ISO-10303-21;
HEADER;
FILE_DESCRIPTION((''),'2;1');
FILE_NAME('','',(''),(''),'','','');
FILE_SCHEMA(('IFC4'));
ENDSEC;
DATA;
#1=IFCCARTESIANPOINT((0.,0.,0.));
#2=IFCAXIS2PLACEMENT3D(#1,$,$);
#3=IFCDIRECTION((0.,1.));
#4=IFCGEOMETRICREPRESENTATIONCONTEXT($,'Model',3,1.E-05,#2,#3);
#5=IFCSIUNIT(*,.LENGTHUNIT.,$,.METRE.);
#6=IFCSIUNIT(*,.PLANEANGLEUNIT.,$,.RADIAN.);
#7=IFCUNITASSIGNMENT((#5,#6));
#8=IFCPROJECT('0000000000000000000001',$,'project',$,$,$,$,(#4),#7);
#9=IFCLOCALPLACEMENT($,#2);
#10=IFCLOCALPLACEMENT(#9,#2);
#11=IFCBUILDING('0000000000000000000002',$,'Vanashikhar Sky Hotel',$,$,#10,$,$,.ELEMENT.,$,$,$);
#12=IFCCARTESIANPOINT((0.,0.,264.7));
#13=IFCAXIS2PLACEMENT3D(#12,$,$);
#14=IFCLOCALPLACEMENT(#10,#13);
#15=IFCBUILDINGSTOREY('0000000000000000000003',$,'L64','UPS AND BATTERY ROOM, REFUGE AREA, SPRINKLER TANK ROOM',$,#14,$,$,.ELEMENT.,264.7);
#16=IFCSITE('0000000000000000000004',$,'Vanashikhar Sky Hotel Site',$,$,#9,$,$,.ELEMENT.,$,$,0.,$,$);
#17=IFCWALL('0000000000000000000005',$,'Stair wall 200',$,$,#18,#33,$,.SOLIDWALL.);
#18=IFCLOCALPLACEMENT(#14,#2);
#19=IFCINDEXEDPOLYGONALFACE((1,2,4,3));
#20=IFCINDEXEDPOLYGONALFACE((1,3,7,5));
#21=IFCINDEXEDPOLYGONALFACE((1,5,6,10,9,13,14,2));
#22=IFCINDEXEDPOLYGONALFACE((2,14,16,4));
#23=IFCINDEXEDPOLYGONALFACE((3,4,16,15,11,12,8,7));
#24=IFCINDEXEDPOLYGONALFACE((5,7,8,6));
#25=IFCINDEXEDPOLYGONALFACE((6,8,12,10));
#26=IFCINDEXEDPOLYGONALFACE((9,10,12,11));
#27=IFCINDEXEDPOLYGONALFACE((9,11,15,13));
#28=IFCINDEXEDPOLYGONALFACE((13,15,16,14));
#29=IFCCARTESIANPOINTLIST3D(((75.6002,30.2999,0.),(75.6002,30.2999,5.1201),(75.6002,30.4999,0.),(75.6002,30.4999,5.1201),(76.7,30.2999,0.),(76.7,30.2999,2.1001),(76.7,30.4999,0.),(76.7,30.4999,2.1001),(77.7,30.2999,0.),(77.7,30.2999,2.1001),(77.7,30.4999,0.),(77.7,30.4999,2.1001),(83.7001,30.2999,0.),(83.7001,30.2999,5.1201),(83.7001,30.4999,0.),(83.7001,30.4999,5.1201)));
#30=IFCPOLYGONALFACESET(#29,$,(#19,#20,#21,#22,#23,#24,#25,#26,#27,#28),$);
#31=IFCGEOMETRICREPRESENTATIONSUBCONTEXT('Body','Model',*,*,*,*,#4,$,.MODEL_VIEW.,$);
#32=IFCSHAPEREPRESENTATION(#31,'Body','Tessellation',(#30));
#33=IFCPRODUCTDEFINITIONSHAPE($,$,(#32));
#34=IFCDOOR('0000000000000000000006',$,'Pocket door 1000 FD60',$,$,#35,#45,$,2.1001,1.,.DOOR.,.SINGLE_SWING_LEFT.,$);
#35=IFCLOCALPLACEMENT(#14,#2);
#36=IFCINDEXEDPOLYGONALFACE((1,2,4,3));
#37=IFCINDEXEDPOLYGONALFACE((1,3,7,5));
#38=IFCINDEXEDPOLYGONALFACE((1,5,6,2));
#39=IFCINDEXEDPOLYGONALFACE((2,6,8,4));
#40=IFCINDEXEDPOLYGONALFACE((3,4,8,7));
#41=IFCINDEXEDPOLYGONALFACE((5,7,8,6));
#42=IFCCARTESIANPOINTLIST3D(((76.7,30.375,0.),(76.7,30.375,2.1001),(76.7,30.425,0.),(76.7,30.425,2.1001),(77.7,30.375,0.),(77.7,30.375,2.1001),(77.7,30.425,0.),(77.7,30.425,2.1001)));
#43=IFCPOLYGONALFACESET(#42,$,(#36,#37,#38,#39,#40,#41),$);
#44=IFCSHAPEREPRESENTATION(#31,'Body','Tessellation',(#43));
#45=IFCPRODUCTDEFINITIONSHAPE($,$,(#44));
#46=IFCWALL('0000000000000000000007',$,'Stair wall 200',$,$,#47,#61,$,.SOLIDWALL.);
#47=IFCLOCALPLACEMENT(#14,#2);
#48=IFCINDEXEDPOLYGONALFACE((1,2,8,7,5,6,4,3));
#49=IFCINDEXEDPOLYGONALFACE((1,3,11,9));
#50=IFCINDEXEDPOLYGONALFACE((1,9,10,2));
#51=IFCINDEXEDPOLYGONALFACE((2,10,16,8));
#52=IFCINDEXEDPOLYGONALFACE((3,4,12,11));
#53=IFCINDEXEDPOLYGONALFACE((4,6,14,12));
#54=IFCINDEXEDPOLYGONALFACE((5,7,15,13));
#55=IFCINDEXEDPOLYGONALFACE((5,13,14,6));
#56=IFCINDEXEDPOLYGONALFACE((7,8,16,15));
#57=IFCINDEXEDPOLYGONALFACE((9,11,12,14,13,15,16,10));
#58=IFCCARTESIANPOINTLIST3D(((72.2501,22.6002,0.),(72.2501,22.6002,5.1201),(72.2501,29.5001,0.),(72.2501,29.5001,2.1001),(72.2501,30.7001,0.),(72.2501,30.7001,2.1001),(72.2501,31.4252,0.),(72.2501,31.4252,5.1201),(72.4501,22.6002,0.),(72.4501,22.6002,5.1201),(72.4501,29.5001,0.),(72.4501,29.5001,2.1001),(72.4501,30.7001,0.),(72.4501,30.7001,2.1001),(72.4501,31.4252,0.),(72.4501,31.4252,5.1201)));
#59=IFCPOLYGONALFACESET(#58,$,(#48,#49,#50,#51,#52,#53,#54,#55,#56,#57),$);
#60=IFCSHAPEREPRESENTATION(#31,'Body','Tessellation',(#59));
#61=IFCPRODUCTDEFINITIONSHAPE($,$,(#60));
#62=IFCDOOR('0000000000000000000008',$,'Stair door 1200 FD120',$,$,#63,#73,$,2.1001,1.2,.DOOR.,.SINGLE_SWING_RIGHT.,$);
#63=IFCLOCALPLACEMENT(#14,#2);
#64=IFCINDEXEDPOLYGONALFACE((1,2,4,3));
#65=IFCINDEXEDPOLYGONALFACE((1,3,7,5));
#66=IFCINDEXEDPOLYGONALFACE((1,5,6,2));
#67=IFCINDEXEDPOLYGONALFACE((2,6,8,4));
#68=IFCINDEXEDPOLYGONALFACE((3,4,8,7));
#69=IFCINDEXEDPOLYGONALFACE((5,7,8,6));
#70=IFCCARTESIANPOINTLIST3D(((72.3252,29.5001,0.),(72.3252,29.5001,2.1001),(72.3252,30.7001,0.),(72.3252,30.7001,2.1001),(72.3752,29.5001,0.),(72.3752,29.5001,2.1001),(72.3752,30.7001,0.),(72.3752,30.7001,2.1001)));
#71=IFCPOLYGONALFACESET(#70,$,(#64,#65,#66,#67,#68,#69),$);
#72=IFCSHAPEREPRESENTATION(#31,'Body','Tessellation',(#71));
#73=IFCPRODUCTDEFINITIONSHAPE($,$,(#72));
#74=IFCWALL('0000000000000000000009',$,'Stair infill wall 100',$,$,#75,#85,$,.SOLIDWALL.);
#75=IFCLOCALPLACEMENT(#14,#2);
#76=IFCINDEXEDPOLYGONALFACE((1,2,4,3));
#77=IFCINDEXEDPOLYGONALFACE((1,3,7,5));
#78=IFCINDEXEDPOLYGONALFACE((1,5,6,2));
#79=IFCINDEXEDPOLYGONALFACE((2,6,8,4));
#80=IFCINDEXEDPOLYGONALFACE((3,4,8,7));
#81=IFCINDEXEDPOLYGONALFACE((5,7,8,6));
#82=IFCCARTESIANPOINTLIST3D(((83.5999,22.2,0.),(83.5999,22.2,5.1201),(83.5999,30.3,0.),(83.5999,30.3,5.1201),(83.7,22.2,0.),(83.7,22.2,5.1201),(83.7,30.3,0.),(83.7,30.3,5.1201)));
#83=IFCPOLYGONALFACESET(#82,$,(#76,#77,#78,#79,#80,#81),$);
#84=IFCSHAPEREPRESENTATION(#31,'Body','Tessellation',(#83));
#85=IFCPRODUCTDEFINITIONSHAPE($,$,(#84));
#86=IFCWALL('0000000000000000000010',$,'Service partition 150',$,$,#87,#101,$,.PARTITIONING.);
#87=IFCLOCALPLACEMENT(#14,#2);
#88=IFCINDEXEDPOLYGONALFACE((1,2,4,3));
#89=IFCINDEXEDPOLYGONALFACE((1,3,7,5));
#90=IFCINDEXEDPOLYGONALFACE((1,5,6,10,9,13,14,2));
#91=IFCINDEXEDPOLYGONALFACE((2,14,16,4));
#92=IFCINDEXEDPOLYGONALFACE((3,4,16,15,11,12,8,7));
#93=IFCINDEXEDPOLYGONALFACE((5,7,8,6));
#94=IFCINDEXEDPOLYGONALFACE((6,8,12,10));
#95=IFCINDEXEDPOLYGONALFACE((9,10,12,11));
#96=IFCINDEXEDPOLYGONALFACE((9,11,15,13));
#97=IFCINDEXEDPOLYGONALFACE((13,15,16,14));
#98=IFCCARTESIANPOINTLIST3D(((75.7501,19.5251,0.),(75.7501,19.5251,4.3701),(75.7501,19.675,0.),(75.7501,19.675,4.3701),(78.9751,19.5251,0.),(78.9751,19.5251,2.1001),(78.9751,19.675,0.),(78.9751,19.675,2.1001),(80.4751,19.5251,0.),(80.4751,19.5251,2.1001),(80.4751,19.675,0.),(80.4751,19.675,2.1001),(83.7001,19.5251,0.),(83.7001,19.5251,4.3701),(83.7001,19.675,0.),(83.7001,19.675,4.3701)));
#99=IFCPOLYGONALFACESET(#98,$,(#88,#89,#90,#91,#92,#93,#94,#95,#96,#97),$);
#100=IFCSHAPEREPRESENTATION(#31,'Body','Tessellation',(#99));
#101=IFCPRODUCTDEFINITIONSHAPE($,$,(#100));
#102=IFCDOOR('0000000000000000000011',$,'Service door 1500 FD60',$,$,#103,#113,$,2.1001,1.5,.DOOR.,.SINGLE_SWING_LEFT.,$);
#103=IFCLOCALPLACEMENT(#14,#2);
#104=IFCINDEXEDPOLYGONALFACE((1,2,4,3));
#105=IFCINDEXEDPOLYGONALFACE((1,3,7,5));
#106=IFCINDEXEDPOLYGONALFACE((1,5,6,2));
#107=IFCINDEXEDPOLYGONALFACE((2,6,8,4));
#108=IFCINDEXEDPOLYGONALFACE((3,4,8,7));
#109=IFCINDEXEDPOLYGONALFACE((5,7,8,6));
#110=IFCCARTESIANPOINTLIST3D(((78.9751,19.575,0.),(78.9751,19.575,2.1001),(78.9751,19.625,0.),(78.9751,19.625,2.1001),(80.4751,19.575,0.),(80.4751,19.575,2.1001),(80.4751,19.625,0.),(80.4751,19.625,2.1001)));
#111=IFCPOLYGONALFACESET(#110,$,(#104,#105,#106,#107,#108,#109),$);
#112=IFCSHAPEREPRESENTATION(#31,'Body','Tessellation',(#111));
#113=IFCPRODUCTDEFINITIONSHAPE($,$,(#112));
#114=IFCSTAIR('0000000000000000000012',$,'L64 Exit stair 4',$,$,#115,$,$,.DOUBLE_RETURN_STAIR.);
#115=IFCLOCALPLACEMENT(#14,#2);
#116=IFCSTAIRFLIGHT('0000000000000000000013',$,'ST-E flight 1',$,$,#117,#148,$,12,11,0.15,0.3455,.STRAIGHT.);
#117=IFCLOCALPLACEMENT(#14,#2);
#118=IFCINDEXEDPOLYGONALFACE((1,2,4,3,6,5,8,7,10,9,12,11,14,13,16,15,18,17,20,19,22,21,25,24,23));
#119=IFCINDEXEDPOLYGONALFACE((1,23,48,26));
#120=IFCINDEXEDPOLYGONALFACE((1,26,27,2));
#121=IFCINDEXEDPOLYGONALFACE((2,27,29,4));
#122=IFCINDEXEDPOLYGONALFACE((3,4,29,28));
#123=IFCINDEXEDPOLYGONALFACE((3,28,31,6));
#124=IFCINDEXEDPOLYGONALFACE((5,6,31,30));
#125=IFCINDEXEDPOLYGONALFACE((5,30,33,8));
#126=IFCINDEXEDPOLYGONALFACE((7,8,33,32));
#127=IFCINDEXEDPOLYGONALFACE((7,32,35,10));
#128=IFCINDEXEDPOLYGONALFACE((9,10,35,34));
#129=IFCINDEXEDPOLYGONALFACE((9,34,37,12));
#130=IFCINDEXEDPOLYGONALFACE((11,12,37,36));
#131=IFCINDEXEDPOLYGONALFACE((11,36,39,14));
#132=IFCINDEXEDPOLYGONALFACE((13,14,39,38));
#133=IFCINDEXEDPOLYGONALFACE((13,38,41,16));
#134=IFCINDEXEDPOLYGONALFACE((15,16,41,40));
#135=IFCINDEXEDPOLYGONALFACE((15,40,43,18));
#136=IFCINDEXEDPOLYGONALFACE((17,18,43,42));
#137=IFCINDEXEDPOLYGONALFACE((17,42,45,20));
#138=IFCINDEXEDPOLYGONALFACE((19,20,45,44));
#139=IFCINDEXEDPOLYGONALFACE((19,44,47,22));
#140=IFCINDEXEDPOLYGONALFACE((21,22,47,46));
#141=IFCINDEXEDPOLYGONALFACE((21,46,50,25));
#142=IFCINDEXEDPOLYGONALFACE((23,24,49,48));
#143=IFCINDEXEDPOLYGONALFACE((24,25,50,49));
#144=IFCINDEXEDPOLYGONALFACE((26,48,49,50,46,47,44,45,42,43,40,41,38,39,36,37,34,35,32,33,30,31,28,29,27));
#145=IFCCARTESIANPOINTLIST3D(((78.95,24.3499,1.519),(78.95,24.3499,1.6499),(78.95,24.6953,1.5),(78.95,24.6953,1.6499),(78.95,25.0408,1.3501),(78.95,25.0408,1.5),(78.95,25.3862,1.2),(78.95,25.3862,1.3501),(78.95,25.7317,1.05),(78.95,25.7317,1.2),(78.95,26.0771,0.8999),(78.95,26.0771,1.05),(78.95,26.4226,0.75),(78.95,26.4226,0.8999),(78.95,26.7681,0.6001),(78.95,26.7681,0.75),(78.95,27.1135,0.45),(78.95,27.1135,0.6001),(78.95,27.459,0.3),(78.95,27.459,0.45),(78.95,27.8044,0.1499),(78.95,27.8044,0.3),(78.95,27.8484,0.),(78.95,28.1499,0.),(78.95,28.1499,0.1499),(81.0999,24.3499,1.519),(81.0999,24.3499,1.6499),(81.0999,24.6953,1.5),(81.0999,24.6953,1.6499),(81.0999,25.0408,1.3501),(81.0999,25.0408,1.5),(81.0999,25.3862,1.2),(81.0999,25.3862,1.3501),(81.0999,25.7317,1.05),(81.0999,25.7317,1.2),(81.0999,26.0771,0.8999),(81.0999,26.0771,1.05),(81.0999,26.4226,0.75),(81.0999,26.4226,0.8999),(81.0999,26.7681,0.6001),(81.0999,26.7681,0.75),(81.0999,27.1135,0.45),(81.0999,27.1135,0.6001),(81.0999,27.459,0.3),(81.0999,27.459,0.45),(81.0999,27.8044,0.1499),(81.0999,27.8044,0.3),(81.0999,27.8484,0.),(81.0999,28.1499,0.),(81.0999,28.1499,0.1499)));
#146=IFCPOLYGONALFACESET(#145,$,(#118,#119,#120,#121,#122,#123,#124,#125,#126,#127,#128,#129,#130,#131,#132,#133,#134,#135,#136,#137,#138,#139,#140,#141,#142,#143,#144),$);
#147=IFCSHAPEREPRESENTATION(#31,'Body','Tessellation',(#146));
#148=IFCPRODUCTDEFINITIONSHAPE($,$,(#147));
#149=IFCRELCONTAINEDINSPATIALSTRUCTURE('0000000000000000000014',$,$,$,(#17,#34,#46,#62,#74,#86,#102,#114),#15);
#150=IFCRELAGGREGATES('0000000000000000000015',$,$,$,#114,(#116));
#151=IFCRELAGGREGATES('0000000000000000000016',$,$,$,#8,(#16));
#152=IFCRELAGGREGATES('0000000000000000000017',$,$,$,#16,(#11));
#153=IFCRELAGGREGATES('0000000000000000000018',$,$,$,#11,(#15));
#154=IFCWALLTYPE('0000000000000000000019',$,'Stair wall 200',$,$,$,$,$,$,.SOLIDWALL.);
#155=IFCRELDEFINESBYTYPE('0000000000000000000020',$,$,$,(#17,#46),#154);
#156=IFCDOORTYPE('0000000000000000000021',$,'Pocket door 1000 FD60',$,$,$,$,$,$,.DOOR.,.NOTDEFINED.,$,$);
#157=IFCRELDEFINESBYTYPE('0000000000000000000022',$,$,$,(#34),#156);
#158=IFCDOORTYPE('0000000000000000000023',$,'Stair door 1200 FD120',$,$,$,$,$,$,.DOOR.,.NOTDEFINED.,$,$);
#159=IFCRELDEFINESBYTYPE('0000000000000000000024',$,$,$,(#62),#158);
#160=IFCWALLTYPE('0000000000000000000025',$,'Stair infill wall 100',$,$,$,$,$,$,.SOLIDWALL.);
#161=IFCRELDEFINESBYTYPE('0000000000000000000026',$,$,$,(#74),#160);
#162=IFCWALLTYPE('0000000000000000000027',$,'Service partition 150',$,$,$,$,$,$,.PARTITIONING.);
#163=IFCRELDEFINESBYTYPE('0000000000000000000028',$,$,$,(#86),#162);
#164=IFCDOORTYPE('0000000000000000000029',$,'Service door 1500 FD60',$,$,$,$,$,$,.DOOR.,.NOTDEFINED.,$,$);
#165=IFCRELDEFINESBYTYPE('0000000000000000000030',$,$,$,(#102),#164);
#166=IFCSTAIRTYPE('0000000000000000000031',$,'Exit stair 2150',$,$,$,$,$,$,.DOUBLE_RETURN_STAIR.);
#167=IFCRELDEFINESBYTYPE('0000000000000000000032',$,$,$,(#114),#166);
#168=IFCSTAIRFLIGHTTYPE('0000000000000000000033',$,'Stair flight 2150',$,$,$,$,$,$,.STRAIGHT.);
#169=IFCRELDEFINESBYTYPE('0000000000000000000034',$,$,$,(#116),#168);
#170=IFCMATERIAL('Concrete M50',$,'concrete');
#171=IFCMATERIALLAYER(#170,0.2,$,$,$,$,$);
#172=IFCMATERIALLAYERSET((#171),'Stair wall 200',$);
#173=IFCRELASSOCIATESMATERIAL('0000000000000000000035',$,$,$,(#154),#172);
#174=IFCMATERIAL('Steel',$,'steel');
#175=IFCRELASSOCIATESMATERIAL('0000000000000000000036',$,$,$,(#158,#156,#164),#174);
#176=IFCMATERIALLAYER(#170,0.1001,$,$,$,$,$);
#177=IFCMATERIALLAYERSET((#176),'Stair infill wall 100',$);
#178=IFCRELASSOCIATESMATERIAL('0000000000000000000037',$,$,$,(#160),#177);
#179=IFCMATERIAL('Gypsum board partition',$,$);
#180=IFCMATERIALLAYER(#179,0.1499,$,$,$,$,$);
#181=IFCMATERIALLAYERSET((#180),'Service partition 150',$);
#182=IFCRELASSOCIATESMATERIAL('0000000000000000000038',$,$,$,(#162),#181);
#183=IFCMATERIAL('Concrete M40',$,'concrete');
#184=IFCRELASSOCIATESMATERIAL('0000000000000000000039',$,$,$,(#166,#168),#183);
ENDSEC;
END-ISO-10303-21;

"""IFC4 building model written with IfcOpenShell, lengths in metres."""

from ifc_helpers import new_model, si_unit, direction, frame, frame_2d, origin, place, context, subcontext, project, spatial, polyline, rectangle, outline, extrude, source, transform, mapped, material, layer, layer_set, type_object, element, fill, aggregate, save


model = new_model("IFC4")

# Units and contexts
model_context = context("Model", 3, precision=1e-05, world=origin(), true_north=direction((0.0, 1.0)))
body_context = subcontext(model_context, "Body", "Model", "MODEL_VIEW")
ifc_project = project(units=[si_unit("LENGTHUNIT", "METRE"), si_unit("PLANEANGLEUNIT", "RADIAN")], contexts=[model_context])

# Site, building, storey
site_placement = place(None, origin())
site = spatial("IfcSite", under=ifc_project, at=site_placement, Name="Vanashikhar Sky Hotel Site", CompositionType="ELEMENT", RefElevation=0.0)
building_placement = place(site_placement, origin())
building = spatial("IfcBuilding", under=site, at=building_placement, Name="Vanashikhar Sky Hotel", CompositionType="ELEMENT")
storey_placement = place(building_placement, frame((0.0, 0.0, 264.7)))
storey = spatial("IfcBuildingStorey", under=building, at=storey_placement, Name="L64", Description="UPS AND BATTERY ROOM, REFUGE AREA, SPRINKLER TANK ROOM", CompositionType="ELEMENT", Elevation=264.7)

# Shared definitions
ifc_material_1 = material(Name="Concrete M50", Category="concrete")

# Shared definitions
ifc_material_2 = material(Name="Steel", Category="steel")
shared_shape_1 = source(origin(), body_context, "Body", "SweptSolid", [
    extrude(rectangle(XDim=1.0, YDim=2.1001, at=frame_2d((0.5, 1.05))), frame((0.0, 0.0249, 0.0), z_axis=(0.0, -1.0, 0.0), x_axis=(1.0, 0.0, 0.0)), (0.0, 0.0, 1.0), 0.05),
])
shared_shape_2 = source(origin(), body_context, "Body", "SweptSolid", [
    extrude(rectangle(XDim=1.2, YDim=2.1001, at=frame_2d((0.6001, 1.05))), frame((0.0, 0.0249, 0.0), z_axis=(0.0, -1.0, 0.0), x_axis=(1.0, 0.0, 0.0)), (0.0, 0.0, 1.0), 0.05),
])

# Walls, openings, doors
ifc_layer_1 = layer(ifc_material_1, 0.2)
ifc_layer_set_1 = layer_set([ifc_layer_1], Name="Stair wall 200")
wall_type_1 = type_object("IfcWallType", Name="Stair wall 200", PredefinedType="SOLIDWALL", material=ifc_layer_set_1)
shared_shape_3 = source(origin(), body_context, "Body", "SweptSolid", [
    extrude(rectangle(XDim=1.2, YDim=2.1001, at=frame_2d((0.6001, 1.05))), frame((0.0, 0.1099, 0.0), z_axis=(0.0, -1.0, 0.0), x_axis=(1.0, 0.0, 0.0)), (0.0, 0.0, 1.0), 0.22),
])
door_type_1 = type_object("IfcDoorType", Name="Stair door 1200 FD120", OperationType="NOTDEFINED", PredefinedType="DOOR", material=ifc_material_2)
shared_shape_4 = source(origin(), body_context, "Body", "SweptSolid", [
    extrude(rectangle(XDim=8.0999, YDim=0.2, at=frame_2d((4.0498, 0.0))), origin(), (0.0, 0.0, 1.0), 5.1201),
])
wall_1_placement = place(storey_placement, frame((83.7, 30.3999, 0.0), z_axis=(0.0, 0.0, 1.0), x_axis=(-1.0, 0.0, 0.0)))
wall_1 = element("IfcWall", 1, at=wall_1_placement, inside=storey, type_object=wall_type_1, Name="Stair wall 200", PredefinedType="SOLIDWALL", context=body_context, shape_type="MappedRepresentation", body=[
    mapped(shared_shape_4, transform((0.0, 0.0, 0.0), scale=1.0)),
])
shared_shape_5 = source(origin(), body_context, "Body", "SweptSolid", [
    extrude(rectangle(XDim=1.0, YDim=2.1001, at=frame_2d((0.5, 1.05))), frame((0.0, 0.1099, 0.0), z_axis=(0.0, -1.0, 0.0), x_axis=(1.0, 0.0, 0.0)), (0.0, 0.0, 1.0), 0.22),
])
opening_1_placement = place(wall_1_placement, frame((6.0, 0.0, 0.0)))
opening_1 = element("IfcOpeningElement", 2, at=opening_1_placement, cuts=wall_1, PredefinedType="OPENING", context=body_context, shape_type="MappedRepresentation", body=[
    mapped(shared_shape_5, transform((0.0, 0.0, 0.0), scale=1.0)),
])
door_type_2 = type_object("IfcDoorType", Name="Pocket door 1000 FD60", OperationType="NOTDEFINED", PredefinedType="DOOR", material=ifc_material_2)
door_1_placement = place(opening_1_placement, origin())
door_1 = element("IfcDoor", 3, at=door_1_placement, inside=storey, type_object=door_type_2, Name="Pocket door 1000 FD60", OperationType="SINGLE_SWING_LEFT", OverallHeight=2.1001, OverallWidth=1.0, PredefinedType="DOOR", context=body_context, shape_type="MappedRepresentation", body=[
    mapped(shared_shape_1, transform((0.0, 0.0, 0.0), scale=1.0)),
])
fill(opening_1, door_1)
shared_shape_6 = source(origin(), body_context, "Body", "SweptSolid", [
    extrude(rectangle(XDim=8.825, YDim=0.2, at=frame_2d((4.4126, 0.0))), origin(), (0.0, 0.0, 1.0), 5.1201),
])
wall_2_placement = place(storey_placement, frame((72.3501, 22.6001, 0.0), z_axis=(0.0, 0.0, 1.0), x_axis=(0.0, 1.0, 0.0)))
wall_2 = element("IfcWall", 4, at=wall_2_placement, inside=storey, type_object=wall_type_1, Name="Stair wall 200", PredefinedType="SOLIDWALL", context=body_context, shape_type="MappedRepresentation", body=[
    mapped(shared_shape_6, transform((0.0, 0.0, 0.0), scale=1.0)),
])
opening_2_placement = place(wall_2_placement, frame((6.8999, 0.0, 0.0)))
opening_2 = element("IfcOpeningElement", 5, at=opening_2_placement, cuts=wall_2, PredefinedType="OPENING", context=body_context, shape_type="MappedRepresentation", body=[
    mapped(shared_shape_3, transform((0.0, 0.0, 0.0), scale=1.0)),
])
door_2_placement = place(opening_2_placement, origin())
door_2 = element("IfcDoor", 6, at=door_2_placement, inside=storey, type_object=door_type_1, Name="Stair door 1200 FD120", OperationType="SINGLE_SWING_RIGHT", OverallHeight=2.1001, OverallWidth=1.2, PredefinedType="DOOR", context=body_context, shape_type="MappedRepresentation", body=[
    mapped(shared_shape_2, transform((0.0, 0.0, 0.0), scale=1.0)),
])
fill(opening_2, door_2)

# Wall
ifc_layer_2 = layer(ifc_material_1, 0.1001)
ifc_layer_set_2 = layer_set([ifc_layer_2], Name="Stair infill wall 100")
wall_type_2 = type_object("IfcWallType", Name="Stair infill wall 100", PredefinedType="SOLIDWALL", material=ifc_layer_set_2)
shared_shape_7 = source(origin(), body_context, "Body", "SweptSolid", [
    extrude(rectangle(XDim=8.1001, YDim=0.1001, at=frame_2d((4.05, 0.0))), origin(), (0.0, 0.0, 1.0), 5.1201),
])
wall_3_placement = place(storey_placement, frame((83.6499, 22.2, 0.0), z_axis=(0.0, 0.0, 1.0), x_axis=(0.0, 1.0, 0.0)))
element("IfcWall", 7, at=wall_3_placement, inside=storey, type_object=wall_type_2, Name="Stair infill wall 100", PredefinedType="SOLIDWALL", context=body_context, shape_type="MappedRepresentation", body=[
    mapped(shared_shape_7, transform((0.0, 0.0, 0.0), scale=1.0)),
])

# Wall, opening, door
ifc_material_3 = material(Name="Gypsum board partition")
ifc_layer_3 = layer(ifc_material_3, 0.1499)
ifc_layer_set_3 = layer_set([ifc_layer_3], Name="Service partition 150")
wall_type_3 = type_object("IfcWallType", Name="Service partition 150", PredefinedType="PARTITIONING", material=ifc_layer_set_3)
shared_shape_8 = source(origin(), body_context, "Body", "SweptSolid", [
    extrude(rectangle(XDim=7.95, YDim=0.1499, at=frame_2d((3.9751, 0.0))), origin(), (0.0, 0.0, 1.0), 4.3701),
])
wall_4_placement = place(storey_placement, frame((75.75, 19.6001, 0.0), z_axis=(0.0, 0.0, 1.0), x_axis=(1.0, 0.0, 0.0)))
wall_4 = element("IfcWall", 8, at=wall_4_placement, inside=storey, type_object=wall_type_3, Name="Service partition 150", PredefinedType="PARTITIONING", context=body_context, shape_type="MappedRepresentation", body=[
    mapped(shared_shape_8, transform((0.0, 0.0, 0.0), scale=1.0)),
])
shared_shape_9 = source(origin(), body_context, "Body", "SweptSolid", [
    extrude(rectangle(XDim=1.5, YDim=2.1001, at=frame_2d((0.75, 1.05))), frame((0.0, 0.085, 0.0), z_axis=(0.0, -1.0, 0.0), x_axis=(1.0, 0.0, 0.0)), (0.0, 0.0, 1.0), 0.1699),
])
opening_3_placement = place(wall_4_placement, frame((3.2251, 0.0, 0.0)))
opening_3 = element("IfcOpeningElement", 9, at=opening_3_placement, cuts=wall_4, PredefinedType="OPENING", context=body_context, shape_type="MappedRepresentation", body=[
    mapped(shared_shape_9, transform((0.0, 0.0, 0.0), scale=1.0)),
])
door_type_3 = type_object("IfcDoorType", Name="Service door 1500 FD60", OperationType="NOTDEFINED", PredefinedType="DOOR", material=ifc_material_2)
shared_shape_10 = source(origin(), body_context, "Body", "SweptSolid", [
    extrude(rectangle(XDim=1.5, YDim=2.1001, at=frame_2d((0.75, 1.05))), frame((0.0, 0.0249, 0.0), z_axis=(0.0, -1.0, 0.0), x_axis=(1.0, 0.0, 0.0)), (0.0, 0.0, 1.0), 0.05),
])
door_3_placement = place(opening_3_placement, origin())
door_3 = element("IfcDoor", 10, at=door_3_placement, inside=storey, type_object=door_type_3, Name="Service door 1500 FD60", OperationType="SINGLE_SWING_LEFT", OverallHeight=2.1001, OverallWidth=1.5, PredefinedType="DOOR", context=body_context, shape_type="MappedRepresentation", body=[
    mapped(shared_shape_10, transform((0.0, 0.0, 0.0), scale=1.0)),
])
fill(opening_3, door_3)

# Stair, stair flight
ifc_material_4 = material(Name="Concrete M40", Category="concrete")
stair_type = type_object("IfcStairType", Name="Exit stair 2150", PredefinedType="DOUBLE_RETURN_STAIR", material=ifc_material_4)
stair_placement = place(storey_placement, origin())
stair = element("IfcStair", 11, at=stair_placement, inside=storey, type_object=stair_type, Name="L64 Exit stair 4", PredefinedType="DOUBLE_RETURN_STAIR")
stair_flight_type = type_object("IfcStairFlightType", Name="Stair flight 2150", PredefinedType="STRAIGHT", material=ifc_material_4)
shared_shape_11 = source(origin(), body_context, "Body", "SweptSolid", [
    extrude(outline(polyline([(0.0, 0.0), (0.0, 0.1499), (0.3455, 0.1499), (0.3455, 0.3), (0.6909, 0.3), (0.6909, 0.45), (1.0364, 0.45), (1.0364, 0.6001), (1.3818, 0.6001), (1.3818, 0.75), (1.7273, 0.75), (1.7273, 0.8999), (2.0728, 0.8999), (2.0728, 1.05), (2.4182, 1.05), (2.4182, 1.2), (2.7637, 1.2), (2.7637, 1.3501), (3.1091, 1.3501), (3.1091, 1.5), (3.4546, 1.5), (3.4546, 1.6499), (3.8, 1.6499), (3.8, 1.8), (3.8, 1.519), (0.3015, 0.0), (0.0, 0.0)])), frame((0.0, 1.075, 0.0), z_axis=(0.0, -1.0, 0.0), x_axis=(1.0, 0.0, 0.0)), (0.0, 0.0, 1.0), 2.1499),
])
stair_flight_1_placement = place(storey_placement, frame((80.0249, 28.1499, 0.0), z_axis=(0.0, 0.0, 1.0), x_axis=(0.0, -1.0, 0.0)))
stair_flight_1 = element("IfcStairFlight", 12, at=stair_flight_1_placement, type_object=stair_flight_type, Name="ST-E flight 1", NumberOfRisers=12, NumberOfTreads=11, PredefinedType="STRAIGHT", RiserHeight=0.15, TreadLength=0.3455, context=body_context, shape_type="MappedRepresentation", body=[
    mapped(shared_shape_11, transform((0.0, 0.0, 0.0), scale=1.0)),
])
aggregate(stair, [stair_flight_1])

save(model, "model.ifc")
